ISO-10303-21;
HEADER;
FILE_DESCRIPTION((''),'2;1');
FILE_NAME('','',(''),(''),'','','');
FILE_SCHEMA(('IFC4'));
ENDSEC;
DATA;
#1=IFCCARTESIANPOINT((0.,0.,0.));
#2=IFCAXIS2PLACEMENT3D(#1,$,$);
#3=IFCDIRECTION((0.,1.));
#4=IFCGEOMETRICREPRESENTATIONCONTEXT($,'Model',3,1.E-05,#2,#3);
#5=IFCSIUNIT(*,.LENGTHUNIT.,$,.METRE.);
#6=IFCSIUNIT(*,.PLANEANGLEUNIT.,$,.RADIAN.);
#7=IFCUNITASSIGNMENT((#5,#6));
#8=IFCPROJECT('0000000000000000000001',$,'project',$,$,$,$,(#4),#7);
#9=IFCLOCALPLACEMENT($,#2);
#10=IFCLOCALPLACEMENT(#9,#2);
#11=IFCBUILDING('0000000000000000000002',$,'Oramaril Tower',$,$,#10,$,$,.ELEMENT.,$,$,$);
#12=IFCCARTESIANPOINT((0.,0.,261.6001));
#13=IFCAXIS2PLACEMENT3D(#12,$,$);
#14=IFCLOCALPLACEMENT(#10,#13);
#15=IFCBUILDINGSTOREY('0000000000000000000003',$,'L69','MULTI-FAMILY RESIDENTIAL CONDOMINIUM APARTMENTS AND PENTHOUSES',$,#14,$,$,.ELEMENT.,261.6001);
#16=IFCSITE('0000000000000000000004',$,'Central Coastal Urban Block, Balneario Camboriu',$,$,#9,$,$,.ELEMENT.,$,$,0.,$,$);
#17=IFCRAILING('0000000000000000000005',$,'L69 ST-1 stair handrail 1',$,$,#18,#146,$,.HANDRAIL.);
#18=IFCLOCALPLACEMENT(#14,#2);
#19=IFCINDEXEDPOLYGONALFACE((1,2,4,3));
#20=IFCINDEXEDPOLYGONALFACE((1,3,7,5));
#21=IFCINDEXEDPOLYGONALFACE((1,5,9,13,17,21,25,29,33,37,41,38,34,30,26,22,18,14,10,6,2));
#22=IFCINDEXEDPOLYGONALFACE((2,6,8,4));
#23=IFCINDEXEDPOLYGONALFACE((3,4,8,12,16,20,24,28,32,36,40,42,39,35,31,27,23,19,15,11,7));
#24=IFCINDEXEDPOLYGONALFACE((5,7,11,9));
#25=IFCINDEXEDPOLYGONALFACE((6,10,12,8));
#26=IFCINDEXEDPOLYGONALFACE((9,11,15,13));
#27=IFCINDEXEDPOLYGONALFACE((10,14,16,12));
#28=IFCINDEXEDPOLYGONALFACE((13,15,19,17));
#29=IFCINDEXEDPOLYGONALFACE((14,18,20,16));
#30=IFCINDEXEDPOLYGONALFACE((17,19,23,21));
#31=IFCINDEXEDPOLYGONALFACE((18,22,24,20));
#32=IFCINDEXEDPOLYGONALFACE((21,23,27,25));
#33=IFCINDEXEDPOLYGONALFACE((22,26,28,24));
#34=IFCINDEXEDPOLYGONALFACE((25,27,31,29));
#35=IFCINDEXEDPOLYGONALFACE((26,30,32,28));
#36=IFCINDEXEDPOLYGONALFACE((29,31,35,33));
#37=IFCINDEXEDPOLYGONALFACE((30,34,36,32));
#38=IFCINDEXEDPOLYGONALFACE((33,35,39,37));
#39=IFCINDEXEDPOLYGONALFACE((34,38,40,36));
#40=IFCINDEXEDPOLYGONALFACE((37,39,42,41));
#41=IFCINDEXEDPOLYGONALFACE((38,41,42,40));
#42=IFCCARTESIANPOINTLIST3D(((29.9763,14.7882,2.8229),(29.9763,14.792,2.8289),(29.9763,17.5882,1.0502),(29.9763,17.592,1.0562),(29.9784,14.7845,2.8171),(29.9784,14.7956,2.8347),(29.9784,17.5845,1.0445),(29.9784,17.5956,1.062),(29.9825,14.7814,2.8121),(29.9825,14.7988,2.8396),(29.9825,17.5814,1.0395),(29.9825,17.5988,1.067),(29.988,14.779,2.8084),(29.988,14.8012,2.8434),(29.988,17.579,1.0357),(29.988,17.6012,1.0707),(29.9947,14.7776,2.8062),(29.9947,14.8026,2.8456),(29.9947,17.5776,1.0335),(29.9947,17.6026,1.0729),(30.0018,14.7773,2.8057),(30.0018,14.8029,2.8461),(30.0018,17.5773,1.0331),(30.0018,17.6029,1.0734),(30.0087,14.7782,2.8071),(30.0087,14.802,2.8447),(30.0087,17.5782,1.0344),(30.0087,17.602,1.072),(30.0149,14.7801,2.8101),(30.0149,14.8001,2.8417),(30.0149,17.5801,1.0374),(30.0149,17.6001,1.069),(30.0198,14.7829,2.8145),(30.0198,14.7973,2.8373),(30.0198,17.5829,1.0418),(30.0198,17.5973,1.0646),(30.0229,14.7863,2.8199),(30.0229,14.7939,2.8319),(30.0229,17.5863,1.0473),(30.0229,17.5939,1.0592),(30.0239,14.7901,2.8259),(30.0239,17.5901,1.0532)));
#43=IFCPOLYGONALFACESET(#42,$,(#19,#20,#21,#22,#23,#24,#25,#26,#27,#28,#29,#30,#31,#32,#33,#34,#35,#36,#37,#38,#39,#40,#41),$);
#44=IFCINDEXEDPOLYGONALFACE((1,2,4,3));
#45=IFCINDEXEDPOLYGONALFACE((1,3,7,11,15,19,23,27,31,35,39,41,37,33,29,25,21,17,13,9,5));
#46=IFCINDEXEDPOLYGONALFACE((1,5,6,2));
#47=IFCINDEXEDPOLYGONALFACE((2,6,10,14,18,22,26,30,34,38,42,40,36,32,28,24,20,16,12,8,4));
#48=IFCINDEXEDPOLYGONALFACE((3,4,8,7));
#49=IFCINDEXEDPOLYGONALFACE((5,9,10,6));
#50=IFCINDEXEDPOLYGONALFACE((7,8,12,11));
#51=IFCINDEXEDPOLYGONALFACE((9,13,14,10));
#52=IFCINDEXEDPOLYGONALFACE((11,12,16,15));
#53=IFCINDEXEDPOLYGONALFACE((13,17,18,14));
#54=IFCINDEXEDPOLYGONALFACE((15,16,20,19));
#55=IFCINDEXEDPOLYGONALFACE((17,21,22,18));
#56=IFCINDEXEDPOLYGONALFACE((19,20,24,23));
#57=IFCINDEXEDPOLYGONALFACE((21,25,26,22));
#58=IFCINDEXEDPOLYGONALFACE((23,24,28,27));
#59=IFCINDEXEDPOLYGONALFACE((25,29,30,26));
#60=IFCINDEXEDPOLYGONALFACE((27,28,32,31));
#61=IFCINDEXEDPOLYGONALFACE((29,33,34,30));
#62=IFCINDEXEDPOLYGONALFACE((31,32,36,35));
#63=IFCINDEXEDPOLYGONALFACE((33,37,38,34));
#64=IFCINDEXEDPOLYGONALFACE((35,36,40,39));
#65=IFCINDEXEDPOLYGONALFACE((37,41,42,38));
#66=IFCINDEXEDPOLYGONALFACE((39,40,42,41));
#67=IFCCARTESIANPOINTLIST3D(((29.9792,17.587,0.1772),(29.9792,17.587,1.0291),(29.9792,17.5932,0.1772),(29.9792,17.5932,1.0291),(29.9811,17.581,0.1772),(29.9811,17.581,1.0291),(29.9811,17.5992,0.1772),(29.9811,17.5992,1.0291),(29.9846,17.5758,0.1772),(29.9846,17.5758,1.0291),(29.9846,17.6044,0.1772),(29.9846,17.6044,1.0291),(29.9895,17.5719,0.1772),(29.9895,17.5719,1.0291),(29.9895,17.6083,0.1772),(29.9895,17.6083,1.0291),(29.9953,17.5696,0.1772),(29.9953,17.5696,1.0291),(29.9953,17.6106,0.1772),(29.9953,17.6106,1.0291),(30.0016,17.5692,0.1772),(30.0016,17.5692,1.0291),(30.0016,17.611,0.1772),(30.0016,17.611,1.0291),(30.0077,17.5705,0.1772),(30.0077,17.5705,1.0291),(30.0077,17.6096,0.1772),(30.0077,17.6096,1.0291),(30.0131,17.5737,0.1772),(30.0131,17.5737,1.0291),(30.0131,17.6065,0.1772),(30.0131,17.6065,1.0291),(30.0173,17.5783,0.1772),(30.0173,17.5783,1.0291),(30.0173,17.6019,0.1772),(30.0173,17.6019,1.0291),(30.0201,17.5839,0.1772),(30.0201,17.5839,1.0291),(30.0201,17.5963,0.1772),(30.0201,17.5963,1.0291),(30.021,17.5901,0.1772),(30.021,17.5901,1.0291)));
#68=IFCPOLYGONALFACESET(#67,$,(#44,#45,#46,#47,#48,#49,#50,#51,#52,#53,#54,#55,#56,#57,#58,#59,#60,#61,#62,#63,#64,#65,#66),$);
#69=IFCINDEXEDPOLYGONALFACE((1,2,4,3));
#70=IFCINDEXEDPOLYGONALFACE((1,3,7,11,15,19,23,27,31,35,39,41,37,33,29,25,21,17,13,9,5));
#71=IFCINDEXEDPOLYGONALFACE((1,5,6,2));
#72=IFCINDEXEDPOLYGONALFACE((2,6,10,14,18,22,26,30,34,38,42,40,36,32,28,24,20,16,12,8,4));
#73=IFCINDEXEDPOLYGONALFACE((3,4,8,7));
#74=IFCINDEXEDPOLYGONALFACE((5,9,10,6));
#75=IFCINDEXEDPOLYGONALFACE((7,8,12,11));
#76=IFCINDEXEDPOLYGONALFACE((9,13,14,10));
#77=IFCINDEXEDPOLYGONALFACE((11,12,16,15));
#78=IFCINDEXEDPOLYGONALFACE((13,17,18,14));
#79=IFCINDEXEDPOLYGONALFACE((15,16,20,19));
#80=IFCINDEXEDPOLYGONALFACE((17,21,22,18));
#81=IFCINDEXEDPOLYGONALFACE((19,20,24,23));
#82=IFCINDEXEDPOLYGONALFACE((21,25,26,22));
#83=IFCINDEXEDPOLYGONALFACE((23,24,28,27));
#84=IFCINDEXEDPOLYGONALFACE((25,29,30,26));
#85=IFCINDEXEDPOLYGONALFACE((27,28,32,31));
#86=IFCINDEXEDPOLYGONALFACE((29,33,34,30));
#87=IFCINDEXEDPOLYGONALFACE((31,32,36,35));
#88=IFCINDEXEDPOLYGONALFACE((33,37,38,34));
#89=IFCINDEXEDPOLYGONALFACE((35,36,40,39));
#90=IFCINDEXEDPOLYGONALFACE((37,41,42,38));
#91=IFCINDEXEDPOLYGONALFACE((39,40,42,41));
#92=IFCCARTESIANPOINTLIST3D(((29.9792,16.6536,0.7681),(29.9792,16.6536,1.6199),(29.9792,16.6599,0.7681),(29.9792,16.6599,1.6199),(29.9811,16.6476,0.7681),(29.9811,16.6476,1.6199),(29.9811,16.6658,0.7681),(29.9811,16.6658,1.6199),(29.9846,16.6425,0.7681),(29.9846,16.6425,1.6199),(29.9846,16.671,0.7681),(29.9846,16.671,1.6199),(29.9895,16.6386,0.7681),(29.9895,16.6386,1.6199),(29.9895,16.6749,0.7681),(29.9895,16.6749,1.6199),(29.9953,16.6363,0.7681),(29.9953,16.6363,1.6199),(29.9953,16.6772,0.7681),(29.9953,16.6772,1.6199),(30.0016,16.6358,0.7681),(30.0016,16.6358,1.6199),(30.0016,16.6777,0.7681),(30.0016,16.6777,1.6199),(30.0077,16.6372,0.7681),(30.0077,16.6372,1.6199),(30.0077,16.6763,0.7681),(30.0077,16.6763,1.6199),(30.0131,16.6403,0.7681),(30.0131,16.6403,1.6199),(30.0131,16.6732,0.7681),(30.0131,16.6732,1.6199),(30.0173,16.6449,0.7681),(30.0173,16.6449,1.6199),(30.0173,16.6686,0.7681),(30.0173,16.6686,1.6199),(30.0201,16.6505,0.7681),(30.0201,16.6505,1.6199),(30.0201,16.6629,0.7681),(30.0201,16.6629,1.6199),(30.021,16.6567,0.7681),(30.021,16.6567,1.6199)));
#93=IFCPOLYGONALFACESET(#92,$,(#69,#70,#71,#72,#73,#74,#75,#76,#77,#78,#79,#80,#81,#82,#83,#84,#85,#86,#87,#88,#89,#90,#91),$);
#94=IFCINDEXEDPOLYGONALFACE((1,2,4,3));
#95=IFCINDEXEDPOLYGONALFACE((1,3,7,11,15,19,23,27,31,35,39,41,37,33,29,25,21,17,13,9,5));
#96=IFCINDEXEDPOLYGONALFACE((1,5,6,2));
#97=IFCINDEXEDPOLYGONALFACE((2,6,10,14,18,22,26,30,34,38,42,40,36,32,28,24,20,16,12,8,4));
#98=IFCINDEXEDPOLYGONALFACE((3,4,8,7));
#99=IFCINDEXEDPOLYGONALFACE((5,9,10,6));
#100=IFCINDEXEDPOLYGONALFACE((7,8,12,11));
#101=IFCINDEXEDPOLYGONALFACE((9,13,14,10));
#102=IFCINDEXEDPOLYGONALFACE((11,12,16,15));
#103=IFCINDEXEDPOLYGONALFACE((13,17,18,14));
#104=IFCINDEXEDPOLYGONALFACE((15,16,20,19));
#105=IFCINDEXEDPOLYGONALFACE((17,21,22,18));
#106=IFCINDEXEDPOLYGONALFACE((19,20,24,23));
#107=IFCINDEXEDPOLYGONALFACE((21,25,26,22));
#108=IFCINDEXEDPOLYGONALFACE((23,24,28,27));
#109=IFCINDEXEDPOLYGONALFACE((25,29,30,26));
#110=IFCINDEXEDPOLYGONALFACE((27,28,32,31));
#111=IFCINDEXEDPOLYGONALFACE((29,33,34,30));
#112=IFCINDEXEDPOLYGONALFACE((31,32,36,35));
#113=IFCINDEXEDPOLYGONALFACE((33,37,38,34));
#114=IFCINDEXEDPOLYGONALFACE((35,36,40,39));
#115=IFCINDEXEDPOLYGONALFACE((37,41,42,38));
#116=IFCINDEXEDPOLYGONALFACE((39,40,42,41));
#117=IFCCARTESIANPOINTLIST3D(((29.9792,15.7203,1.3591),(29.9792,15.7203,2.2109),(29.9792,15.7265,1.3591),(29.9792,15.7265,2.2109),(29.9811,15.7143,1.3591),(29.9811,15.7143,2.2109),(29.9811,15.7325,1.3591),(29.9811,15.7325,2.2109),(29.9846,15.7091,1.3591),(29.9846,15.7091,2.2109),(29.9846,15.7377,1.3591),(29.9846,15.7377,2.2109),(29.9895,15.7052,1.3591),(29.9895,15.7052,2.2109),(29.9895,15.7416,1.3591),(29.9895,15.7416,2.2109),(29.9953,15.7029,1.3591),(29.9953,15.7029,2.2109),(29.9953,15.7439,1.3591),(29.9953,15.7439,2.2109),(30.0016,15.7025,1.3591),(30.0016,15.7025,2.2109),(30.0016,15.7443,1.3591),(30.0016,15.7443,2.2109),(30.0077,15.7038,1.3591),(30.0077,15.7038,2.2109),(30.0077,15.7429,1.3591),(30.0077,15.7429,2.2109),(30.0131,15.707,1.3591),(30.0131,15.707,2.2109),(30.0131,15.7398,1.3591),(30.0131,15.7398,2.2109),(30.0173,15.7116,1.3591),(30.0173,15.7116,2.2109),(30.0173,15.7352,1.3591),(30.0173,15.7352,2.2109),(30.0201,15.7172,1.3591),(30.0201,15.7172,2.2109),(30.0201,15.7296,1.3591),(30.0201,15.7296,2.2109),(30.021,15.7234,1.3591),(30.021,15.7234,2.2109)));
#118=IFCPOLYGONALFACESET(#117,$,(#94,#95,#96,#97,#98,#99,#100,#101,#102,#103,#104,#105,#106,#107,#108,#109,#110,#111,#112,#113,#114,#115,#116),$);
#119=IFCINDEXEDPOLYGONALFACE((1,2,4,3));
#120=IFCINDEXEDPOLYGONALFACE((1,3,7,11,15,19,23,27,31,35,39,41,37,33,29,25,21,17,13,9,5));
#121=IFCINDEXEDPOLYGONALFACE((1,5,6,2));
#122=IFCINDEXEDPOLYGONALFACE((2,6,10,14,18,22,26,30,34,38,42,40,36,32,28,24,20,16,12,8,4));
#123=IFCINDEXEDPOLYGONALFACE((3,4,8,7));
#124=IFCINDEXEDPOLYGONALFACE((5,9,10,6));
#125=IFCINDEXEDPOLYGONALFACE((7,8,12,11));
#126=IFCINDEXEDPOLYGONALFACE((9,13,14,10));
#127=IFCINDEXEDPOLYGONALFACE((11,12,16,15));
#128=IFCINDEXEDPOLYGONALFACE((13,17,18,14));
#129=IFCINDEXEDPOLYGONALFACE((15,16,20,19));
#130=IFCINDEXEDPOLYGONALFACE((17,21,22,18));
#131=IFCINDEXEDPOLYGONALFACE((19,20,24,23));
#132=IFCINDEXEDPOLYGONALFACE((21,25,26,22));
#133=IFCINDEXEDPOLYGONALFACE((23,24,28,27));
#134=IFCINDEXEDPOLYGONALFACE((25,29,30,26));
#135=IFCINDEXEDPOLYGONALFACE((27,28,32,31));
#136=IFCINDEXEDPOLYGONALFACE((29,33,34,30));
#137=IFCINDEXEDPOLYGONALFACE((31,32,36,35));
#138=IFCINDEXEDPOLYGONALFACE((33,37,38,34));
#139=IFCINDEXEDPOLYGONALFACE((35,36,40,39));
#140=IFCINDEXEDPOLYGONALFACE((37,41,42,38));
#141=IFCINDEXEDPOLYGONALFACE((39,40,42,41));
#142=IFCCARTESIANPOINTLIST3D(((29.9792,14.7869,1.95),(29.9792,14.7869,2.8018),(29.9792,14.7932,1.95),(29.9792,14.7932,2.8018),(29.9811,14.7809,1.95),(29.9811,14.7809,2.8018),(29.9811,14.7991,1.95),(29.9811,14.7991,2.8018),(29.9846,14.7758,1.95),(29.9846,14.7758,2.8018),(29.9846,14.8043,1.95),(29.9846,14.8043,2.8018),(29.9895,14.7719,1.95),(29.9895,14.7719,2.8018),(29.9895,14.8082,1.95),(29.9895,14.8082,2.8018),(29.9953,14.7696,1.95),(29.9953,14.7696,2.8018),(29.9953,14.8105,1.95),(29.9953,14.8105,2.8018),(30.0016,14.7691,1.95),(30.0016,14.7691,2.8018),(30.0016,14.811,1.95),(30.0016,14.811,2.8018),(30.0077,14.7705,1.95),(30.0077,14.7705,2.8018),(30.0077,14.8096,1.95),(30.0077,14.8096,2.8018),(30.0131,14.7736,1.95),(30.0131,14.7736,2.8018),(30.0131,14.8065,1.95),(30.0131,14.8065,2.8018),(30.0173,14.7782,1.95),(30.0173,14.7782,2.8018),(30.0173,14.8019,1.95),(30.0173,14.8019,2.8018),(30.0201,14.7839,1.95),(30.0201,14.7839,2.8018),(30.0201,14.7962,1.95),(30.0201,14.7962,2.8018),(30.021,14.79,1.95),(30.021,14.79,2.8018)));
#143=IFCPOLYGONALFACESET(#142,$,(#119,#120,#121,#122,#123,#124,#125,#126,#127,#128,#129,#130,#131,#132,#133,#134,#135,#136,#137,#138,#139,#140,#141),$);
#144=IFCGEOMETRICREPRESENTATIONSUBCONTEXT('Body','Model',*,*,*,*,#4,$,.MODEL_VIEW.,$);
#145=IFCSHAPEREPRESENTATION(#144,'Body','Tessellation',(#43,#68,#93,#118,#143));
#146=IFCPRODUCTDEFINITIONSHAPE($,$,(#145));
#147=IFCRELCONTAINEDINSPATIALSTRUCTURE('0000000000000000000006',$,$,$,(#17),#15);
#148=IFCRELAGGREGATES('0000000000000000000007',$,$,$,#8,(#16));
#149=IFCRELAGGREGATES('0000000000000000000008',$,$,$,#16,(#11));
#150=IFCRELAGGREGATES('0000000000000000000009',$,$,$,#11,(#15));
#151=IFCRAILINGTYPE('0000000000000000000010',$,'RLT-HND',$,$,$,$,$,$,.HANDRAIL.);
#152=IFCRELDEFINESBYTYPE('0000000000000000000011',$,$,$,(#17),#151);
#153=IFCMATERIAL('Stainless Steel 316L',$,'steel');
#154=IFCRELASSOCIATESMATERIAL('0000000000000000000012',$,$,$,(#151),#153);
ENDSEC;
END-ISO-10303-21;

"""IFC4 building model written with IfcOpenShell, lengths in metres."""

from ifc_helpers import new_model, si_unit, direction, frame, origin, origin_2d, place, context, subcontext, project, spatial, circle, extrude, material, type_object, element, save


model = new_model("IFC4")

# Units and contexts
model_context = context("Model", 3, precision=1e-05, world=origin(), true_north=direction((0.0, 1.0)))
body_context = subcontext(model_context, "Body", "Model", "MODEL_VIEW")
ifc_project = project(units=[si_unit("LENGTHUNIT", "METRE"), si_unit("PLANEANGLEUNIT", "RADIAN")], contexts=[model_context])

# Site, building, storey
site_placement = place(None, origin())
site = spatial("IfcSite", under=ifc_project, at=site_placement, Name="Central Coastal Urban Block, Balneario Camboriu", CompositionType="ELEMENT", RefElevation=0.0)
building_placement = place(site_placement, origin())
building = spatial("IfcBuilding", under=site, at=building_placement, Name="Oramaril Tower", CompositionType="ELEMENT")
storey_placement = place(building_placement, frame((0.0, 0.0, 261.6001)))
storey = spatial("IfcBuildingStorey", under=building, at=storey_placement, Name="L69", Description="MULTI-FAMILY RESIDENTIAL CONDOMINIUM APARTMENTS AND PENTHOUSES", CompositionType="ELEMENT", Elevation=261.6001)

# Railing
ifc_material_1 = material(Name="Stainless Steel 316L", Category="steel")
railing_type_1 = type_object("IfcRailingType", Name="RLT-HND", PredefinedType="HANDRAIL", material=ifc_material_1)
railing_1_placement = place(storey_placement, frame((30.0, 17.5901, 0.1772)))
element("IfcRailing", 1, at=railing_1_placement, inside=storey, type_object=railing_type_1, Name="L69 ST-1 stair handrail 1", PredefinedType="HANDRAIL", context=body_context, shape_type="SweptSolid", body=[
    extrude(circle(Radius=0.0239, at=origin_2d()), frame((0.0, 0.0, 0.876), z_axis=(0.0, -0.844909, 0.53491), x_axis=(1.0, 0.0, 0.0)), (0.0, 0.0, 1.0), 3.314),
    extrude(circle(Radius=0.021, at=origin_2d()), origin(), (0.0, 0.0, 1.0), 0.8518),
    extrude(circle(Radius=0.021, at=origin_2d()), frame((0.0, -0.9333, 0.5908)), (0.0, 0.0, 1.0), 0.8518),
    extrude(circle(Radius=0.021, at=origin_2d()), frame((0.0, -1.8667, 1.1819)), (0.0, 0.0, 1.0), 0.8518),
    extrude(circle(Radius=0.021, at=origin_2d()), frame((0.0, -2.8, 1.7727)), (0.0, 0.0, 1.0), 0.8518),
])

save(model, "model.ifc")
